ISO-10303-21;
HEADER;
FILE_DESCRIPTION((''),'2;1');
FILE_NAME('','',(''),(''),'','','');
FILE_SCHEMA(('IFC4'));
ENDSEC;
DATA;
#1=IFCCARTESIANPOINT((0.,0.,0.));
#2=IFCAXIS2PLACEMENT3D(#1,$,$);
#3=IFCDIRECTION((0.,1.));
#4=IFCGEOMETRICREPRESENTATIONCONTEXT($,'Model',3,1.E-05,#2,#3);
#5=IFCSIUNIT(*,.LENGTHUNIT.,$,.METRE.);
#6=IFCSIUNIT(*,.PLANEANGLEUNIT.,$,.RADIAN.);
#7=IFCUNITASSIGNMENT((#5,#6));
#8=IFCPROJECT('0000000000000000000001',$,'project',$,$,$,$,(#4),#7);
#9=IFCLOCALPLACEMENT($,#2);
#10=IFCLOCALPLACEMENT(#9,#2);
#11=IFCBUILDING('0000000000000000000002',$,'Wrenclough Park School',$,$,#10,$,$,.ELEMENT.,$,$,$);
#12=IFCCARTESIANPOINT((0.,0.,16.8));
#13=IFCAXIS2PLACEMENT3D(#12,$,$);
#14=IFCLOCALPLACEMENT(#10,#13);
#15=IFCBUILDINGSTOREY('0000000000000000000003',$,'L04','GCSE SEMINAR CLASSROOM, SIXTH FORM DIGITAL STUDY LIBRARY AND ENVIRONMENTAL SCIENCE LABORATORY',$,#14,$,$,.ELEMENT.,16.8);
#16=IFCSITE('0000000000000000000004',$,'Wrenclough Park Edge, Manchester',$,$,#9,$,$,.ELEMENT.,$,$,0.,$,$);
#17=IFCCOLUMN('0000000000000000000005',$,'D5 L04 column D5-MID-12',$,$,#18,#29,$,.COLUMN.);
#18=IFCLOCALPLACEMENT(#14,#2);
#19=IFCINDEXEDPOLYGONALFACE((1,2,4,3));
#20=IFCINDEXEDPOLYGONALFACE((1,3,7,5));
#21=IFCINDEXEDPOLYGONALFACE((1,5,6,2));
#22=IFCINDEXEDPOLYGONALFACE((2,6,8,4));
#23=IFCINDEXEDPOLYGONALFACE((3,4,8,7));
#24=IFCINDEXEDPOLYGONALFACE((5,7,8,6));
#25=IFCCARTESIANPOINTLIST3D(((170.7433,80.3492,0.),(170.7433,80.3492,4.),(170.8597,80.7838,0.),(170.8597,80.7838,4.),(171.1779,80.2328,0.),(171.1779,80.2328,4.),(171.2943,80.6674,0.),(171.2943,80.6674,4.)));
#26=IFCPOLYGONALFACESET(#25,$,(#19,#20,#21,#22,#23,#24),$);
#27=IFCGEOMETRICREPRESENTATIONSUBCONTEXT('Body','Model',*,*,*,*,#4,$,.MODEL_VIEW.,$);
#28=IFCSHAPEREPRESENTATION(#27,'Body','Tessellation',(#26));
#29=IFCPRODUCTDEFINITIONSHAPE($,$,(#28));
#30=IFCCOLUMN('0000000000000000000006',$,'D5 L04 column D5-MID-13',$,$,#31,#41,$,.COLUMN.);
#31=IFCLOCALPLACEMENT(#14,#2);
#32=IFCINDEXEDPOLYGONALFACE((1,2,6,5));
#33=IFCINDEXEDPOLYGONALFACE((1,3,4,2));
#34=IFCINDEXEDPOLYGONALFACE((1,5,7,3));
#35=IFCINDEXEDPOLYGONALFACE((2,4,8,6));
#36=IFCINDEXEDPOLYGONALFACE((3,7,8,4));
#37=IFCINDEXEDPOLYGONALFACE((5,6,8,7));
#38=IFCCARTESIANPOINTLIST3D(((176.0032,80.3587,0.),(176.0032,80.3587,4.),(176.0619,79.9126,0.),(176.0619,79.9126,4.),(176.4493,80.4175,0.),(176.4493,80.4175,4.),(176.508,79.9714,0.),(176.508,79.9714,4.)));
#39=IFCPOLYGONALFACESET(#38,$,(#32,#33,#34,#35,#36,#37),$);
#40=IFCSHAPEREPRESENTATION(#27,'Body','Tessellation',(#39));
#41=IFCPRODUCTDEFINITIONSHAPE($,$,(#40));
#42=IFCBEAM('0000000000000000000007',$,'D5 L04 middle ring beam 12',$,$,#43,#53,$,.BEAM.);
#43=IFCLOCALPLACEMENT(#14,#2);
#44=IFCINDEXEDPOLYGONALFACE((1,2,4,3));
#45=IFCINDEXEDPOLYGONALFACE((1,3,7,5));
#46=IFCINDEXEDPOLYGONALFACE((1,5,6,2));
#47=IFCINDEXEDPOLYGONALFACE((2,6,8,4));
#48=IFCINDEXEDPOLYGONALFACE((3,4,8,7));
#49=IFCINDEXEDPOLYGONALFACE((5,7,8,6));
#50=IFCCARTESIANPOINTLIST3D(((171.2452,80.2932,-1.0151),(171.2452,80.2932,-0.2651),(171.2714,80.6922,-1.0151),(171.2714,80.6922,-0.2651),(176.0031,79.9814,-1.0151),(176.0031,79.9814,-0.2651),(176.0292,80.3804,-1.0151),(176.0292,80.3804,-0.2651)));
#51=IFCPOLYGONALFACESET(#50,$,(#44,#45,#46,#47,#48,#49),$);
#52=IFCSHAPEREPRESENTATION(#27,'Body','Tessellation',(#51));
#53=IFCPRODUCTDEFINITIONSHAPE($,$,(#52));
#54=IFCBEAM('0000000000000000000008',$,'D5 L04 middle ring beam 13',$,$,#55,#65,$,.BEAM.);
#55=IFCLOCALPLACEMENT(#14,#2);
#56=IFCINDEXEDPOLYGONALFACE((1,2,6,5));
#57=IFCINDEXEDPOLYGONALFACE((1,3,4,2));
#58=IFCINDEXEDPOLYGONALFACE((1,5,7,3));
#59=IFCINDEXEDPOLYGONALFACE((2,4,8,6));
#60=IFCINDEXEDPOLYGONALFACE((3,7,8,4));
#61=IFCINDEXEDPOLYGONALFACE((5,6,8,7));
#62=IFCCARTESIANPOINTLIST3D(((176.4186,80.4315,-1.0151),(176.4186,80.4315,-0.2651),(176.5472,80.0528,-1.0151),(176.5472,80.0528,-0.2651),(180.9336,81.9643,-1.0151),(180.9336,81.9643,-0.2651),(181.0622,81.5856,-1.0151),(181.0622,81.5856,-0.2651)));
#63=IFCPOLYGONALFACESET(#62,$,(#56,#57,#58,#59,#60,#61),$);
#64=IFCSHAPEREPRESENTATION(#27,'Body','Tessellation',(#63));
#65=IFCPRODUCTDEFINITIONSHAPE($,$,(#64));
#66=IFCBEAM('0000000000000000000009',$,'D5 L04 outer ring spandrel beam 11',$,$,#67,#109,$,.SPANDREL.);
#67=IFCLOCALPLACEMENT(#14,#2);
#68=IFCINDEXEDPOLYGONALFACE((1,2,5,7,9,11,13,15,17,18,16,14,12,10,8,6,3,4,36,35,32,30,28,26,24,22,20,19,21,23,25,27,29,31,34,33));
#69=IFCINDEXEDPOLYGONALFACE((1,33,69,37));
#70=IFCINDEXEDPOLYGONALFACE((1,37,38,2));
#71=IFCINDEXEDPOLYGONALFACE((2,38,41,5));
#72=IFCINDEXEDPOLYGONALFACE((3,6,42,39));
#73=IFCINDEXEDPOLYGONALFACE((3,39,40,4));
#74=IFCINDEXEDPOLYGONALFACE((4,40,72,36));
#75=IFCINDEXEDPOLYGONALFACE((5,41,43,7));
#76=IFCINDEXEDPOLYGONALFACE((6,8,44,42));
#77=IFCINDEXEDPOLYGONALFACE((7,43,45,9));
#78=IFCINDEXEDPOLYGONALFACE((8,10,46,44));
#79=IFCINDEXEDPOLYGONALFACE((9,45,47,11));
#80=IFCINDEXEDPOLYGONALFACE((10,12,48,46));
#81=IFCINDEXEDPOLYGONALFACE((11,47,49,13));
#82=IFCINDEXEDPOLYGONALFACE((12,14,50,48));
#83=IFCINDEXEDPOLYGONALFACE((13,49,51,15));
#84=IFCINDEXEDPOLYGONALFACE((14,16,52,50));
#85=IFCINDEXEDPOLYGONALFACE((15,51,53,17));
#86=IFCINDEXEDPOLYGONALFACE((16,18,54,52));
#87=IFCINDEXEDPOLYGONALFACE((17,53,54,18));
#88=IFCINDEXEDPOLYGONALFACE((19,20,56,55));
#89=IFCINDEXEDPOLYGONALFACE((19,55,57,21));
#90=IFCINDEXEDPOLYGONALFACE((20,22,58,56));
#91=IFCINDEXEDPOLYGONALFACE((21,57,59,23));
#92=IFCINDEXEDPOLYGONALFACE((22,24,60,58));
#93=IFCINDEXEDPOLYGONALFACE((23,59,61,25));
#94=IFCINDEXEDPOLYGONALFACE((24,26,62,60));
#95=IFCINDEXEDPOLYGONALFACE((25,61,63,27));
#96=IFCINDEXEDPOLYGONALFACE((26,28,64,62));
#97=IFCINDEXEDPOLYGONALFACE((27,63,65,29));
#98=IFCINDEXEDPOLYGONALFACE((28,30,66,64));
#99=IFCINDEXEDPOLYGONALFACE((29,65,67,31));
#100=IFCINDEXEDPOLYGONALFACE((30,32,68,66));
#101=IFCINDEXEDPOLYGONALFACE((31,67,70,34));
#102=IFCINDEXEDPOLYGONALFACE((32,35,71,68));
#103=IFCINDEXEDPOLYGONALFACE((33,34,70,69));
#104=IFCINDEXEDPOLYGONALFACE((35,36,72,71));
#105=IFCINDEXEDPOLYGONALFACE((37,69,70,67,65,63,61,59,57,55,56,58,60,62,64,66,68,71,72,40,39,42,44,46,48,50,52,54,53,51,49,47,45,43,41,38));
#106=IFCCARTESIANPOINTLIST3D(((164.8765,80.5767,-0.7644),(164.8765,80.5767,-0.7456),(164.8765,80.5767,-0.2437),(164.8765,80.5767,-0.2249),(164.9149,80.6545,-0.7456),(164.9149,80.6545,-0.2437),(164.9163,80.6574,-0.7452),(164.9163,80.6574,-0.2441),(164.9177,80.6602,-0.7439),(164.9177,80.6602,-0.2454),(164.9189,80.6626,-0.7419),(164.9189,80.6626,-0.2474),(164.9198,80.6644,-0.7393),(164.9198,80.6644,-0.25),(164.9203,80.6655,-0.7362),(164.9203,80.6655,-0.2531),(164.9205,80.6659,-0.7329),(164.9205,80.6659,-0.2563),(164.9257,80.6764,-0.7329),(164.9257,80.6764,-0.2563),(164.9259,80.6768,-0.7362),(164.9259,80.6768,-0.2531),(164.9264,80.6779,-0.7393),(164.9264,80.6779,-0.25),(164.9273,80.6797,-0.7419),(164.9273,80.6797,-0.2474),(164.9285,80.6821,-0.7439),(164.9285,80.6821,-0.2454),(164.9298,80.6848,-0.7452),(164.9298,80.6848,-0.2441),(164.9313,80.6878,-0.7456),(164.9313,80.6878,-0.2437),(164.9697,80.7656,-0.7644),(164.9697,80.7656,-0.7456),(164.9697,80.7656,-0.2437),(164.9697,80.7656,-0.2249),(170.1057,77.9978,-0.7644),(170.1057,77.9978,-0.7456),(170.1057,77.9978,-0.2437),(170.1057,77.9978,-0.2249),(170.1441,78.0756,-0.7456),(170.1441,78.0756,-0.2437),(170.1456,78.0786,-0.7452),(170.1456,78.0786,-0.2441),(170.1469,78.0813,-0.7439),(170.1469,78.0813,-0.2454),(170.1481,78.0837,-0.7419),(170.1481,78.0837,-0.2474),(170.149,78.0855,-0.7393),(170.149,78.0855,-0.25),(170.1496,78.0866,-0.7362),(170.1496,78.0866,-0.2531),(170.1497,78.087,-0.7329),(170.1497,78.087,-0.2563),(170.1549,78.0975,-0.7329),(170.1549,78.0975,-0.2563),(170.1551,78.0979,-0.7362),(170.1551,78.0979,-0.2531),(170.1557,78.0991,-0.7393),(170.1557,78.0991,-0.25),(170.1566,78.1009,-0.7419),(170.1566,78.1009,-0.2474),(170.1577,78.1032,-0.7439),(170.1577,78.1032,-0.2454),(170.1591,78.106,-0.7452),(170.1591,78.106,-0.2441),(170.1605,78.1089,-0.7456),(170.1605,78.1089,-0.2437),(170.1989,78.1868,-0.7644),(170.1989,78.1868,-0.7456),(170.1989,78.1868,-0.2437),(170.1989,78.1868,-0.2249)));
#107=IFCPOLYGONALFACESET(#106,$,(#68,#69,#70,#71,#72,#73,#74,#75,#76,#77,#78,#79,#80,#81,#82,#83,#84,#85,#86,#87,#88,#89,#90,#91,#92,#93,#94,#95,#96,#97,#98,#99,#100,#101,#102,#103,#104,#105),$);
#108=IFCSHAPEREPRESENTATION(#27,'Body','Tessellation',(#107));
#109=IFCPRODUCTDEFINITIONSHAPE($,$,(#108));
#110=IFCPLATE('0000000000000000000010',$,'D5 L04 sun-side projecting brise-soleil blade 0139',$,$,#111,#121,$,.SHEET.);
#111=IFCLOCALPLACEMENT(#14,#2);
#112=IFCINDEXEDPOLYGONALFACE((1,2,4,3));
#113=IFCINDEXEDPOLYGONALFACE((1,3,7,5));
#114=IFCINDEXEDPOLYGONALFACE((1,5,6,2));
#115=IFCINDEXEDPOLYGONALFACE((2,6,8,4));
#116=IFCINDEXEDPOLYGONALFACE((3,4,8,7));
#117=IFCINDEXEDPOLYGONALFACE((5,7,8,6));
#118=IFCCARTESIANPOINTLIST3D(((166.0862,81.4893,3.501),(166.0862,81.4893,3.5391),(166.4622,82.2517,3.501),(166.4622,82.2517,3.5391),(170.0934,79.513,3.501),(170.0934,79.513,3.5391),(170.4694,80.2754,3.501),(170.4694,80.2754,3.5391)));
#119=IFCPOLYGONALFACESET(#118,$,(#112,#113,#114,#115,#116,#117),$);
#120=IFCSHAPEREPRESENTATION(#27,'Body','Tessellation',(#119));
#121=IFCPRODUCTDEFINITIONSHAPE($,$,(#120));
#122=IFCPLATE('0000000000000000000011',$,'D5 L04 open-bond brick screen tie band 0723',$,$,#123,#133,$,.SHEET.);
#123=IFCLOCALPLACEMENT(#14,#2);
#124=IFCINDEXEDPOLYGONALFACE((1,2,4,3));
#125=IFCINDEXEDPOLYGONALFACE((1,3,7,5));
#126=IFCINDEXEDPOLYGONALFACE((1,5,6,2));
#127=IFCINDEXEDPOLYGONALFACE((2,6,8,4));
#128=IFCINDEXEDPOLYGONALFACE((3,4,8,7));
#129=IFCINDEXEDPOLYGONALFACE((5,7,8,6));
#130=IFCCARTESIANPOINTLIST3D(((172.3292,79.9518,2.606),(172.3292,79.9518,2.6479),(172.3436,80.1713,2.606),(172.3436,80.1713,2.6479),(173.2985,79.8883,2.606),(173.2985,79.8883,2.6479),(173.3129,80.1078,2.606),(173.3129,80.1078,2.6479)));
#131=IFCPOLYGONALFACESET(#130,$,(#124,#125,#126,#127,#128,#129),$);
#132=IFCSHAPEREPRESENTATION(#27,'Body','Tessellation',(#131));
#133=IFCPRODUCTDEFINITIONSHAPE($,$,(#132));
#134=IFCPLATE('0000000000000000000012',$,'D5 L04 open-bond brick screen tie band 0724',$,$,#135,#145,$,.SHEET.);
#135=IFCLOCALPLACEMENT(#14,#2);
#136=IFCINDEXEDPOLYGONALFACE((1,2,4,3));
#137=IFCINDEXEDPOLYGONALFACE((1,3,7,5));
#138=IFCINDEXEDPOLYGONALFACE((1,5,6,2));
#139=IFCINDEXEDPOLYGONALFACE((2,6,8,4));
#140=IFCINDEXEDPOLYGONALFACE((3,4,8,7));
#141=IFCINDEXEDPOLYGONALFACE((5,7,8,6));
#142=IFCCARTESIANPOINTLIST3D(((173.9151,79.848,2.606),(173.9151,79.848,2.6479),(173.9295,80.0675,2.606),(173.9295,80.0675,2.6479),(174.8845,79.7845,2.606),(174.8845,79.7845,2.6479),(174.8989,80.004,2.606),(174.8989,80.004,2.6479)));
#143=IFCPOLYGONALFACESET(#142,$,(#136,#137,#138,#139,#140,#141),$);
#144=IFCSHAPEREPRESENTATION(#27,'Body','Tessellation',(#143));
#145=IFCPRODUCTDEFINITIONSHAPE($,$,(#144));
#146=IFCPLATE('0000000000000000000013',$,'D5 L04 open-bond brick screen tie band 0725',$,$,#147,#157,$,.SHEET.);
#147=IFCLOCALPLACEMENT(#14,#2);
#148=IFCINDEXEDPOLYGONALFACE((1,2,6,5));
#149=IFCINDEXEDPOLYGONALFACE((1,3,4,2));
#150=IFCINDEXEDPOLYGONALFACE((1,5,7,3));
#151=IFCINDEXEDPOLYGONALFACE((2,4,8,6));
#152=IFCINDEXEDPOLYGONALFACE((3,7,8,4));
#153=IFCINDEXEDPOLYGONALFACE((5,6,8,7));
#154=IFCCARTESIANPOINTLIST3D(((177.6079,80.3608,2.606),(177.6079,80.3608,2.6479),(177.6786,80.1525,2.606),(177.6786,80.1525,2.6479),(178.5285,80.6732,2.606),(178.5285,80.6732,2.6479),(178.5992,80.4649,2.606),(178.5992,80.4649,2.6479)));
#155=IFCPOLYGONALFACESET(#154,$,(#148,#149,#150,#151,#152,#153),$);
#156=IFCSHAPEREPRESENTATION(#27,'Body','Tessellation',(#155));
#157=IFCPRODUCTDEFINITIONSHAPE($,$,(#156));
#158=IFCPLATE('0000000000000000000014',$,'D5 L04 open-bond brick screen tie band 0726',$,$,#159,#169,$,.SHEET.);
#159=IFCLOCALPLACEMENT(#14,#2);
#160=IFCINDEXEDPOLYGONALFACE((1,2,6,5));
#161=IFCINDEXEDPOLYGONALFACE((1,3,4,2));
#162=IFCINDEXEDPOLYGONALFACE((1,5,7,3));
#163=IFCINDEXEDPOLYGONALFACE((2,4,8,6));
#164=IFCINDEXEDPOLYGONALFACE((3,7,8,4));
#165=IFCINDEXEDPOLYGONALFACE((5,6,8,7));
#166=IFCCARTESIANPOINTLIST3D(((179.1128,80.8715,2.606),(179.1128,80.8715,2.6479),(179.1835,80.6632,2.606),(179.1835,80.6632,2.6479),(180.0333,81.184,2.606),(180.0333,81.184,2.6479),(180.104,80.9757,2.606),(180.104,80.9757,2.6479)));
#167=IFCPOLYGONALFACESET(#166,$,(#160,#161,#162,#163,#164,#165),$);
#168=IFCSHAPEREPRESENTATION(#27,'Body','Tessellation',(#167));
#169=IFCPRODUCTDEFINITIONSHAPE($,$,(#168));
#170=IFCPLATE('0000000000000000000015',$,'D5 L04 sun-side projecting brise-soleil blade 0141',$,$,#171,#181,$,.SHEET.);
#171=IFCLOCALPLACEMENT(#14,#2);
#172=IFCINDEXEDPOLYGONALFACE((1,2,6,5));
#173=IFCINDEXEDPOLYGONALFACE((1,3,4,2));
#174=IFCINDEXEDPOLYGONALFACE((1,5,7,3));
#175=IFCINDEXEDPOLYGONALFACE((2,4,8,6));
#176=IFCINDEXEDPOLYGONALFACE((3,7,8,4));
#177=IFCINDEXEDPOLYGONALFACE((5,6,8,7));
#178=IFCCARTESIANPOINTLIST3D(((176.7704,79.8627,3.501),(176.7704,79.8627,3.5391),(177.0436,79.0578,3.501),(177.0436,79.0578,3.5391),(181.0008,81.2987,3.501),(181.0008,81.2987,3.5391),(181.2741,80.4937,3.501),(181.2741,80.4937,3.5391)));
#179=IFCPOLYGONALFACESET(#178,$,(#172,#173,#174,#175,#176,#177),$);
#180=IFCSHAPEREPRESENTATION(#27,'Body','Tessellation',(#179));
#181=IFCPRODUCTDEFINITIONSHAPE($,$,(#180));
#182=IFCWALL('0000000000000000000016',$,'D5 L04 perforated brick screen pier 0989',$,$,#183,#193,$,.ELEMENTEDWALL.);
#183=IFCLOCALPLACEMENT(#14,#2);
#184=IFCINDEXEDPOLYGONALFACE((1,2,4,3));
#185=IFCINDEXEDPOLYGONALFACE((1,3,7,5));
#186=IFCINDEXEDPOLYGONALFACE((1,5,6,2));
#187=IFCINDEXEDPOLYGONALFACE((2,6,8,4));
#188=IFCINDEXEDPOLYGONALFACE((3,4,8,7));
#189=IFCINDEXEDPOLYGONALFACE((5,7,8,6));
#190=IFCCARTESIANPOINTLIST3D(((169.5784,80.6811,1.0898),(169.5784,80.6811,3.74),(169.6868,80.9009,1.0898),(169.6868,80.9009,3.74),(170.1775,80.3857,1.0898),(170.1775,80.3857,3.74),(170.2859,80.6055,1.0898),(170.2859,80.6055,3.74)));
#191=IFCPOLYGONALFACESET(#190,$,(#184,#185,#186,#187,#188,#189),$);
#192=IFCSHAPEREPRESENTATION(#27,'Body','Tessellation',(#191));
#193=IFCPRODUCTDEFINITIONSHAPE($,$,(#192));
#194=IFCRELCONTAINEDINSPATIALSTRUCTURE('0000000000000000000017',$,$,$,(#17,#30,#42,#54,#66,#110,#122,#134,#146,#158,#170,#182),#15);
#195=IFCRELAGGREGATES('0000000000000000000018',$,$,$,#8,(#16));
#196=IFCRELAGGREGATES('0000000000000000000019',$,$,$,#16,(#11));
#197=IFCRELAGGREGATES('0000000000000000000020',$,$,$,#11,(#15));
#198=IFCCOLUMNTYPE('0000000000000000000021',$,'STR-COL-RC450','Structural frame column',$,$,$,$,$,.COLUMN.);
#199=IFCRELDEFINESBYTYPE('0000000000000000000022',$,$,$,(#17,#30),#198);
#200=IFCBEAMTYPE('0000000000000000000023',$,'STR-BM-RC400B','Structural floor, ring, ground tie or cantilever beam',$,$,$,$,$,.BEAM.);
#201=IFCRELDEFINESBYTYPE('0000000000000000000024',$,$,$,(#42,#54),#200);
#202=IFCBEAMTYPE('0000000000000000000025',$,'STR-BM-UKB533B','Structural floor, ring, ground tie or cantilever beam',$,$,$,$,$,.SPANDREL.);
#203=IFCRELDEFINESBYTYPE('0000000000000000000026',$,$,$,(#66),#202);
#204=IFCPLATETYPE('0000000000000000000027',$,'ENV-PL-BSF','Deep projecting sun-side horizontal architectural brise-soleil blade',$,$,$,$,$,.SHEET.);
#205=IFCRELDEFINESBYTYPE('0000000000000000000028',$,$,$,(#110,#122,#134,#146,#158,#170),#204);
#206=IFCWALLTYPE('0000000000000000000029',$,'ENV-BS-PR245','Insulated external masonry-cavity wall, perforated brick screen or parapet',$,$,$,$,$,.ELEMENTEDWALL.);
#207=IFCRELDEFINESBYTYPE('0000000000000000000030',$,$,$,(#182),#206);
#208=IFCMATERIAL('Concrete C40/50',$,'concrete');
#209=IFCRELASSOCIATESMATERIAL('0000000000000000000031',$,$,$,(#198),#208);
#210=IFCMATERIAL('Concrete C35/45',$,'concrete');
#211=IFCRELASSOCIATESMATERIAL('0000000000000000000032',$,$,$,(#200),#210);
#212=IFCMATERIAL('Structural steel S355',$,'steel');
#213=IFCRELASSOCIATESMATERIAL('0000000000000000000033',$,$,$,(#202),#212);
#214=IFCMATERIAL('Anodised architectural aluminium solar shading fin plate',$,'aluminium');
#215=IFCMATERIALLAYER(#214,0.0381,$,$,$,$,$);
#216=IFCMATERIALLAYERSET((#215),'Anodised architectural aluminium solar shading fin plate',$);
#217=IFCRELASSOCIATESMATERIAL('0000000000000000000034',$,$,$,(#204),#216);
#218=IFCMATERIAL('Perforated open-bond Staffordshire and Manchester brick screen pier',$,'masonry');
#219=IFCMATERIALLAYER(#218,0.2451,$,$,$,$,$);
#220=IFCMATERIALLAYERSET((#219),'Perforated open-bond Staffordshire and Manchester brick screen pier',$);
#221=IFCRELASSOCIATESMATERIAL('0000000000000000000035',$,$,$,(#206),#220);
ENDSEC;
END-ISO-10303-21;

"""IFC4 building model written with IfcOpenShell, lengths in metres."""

from ifc_helpers import new_model, si_unit, direction, frame, frame_2d, origin, origin_2d, place, context, subcontext, project, spatial, rectangle, i_section, extrude, material, layer, layer_set, material_profile, profile_set, type_object, element, save


model = new_model("IFC4")

# Units and contexts
model_context = context("Model", 3, precision=1e-05, world=origin(), true_north=direction((0.0, 1.0)))
body_context = subcontext(model_context, "Body", "Model", "MODEL_VIEW")
ifc_project = project(units=[si_unit("LENGTHUNIT", "METRE"), si_unit("PLANEANGLEUNIT", "RADIAN")], contexts=[model_context])

# Site, building, storey
site_placement = place(None, origin())
site = spatial("IfcSite", under=ifc_project, at=site_placement, Name="Wrenclough Park Edge, Manchester", CompositionType="ELEMENT", RefElevation=0.0)
building_placement = place(site_placement, origin())
building = spatial("IfcBuilding", under=site, at=building_placement, Name="Wrenclough Park School", CompositionType="ELEMENT")
storey_placement = place(building_placement, frame((0.0, 0.0, 16.8)))
storey = spatial("IfcBuildingStorey", under=building, at=storey_placement, Name="L04", Description="GCSE SEMINAR CLASSROOM, SIXTH FORM DIGITAL STUDY LIBRARY AND ENVIRONMENTAL SCIENCE LABORATORY", CompositionType="ELEMENT", Elevation=16.8)

# Columns
ifc_material_1 = material(Name="Concrete C40/50", Category="concrete")
ifc_material_profile_1 = material_profile(ifc_material_1, rectangle(XDim=0.45, YDim=0.45, at=origin_2d()), Name="RC COL 450x450")
ifc_profile_set_1 = profile_set([ifc_material_profile_1], Name="Concrete C40/50")
column_type = type_object("IfcColumnType", Name="STR-COL-RC450", Description="Structural frame column", PredefinedType="COLUMN", material=ifc_profile_set_1)
for number, where, z_axis, x_axis, name in (
    (1, (171.0188, 80.5083, 0.0), (0.0, 0.0, 1.0), (0.965926, -0.258819, 0.0), "D5 L04 column D5-MID-12"),
    (2, (176.2556, 80.165, 0.0), (0.0, 0.0, 1.0), (0.991445, 0.130526, 0.0), "D5 L04 column D5-MID-13"),
):
    element("IfcColumn", number, at=place(storey_placement, frame(where, z_axis=z_axis, x_axis=x_axis)), inside=storey, type_object=column_type, Name=name, PredefinedType="COLUMN", context=body_context, shape_type="SweptSolid", body=[
        extrude(rectangle(XDim=0.45, YDim=0.45, at=origin_2d()), origin(), (0.0, 0.0, 1.0), 4.0),
    ])

# Beams
ifc_material_2 = material(Name="Concrete C35/45", Category="concrete")
ifc_material_profile_2 = material_profile(ifc_material_2, rectangle(XDim=0.3999, YDim=0.75, at=origin_2d()), Name="RC BEAM 400x750")
ifc_profile_set_2 = profile_set([ifc_material_profile_2], Name="Concrete C35/45")
beam_type_1 = type_object("IfcBeamType", Name="STR-BM-RC400B", Description="Structural floor, ring, ground tie or cantilever beam", PredefinedType="BEAM", material=ifc_profile_set_2)
for number, where, z_axis, x_axis, name in (
    (3, (171.2583, 80.4927, -0.6401), (0.99786, -0.065387, 0.0), (0.065387, 0.99786, 0.0), "D5 L04 middle ring beam 12"),
    (4, (176.4829, 80.2422, -0.6401), (0.946923, 0.321461, 0.0), (-0.321461, 0.946923, 0.0), "D5 L04 middle ring beam 13"),
):
    element("IfcBeam", number, at=place(storey_placement, frame(where, z_axis=z_axis, x_axis=x_axis)), inside=storey, type_object=beam_type_1, Name=name, PredefinedType="BEAM", context=body_context, shape_type="SweptSolid", body=[
        extrude(rectangle(XDim=0.3999, YDim=0.75, at=origin_2d()), origin(), (0.0, 0.0, 1.0), 4.7681),
    ])
ifc_material_3 = material(Name="Structural steel S355", Category="steel")
ifc_material_profile_3 = material_profile(ifc_material_3, i_section(OverallWidth=0.2107, OverallDepth=0.5396, WebThickness=0.0117, FlangeThickness=0.0188, FilletRadius=0.0127, at=origin_2d()), Name="UKB 533x210x109")
ifc_profile_set_3 = profile_set([ifc_material_profile_3], Name="Structural steel S355")
beam_type_2 = type_object("IfcBeamType", Name="STR-BM-UKB533B", Description="Structural floor, ring, ground tie or cantilever beam", PredefinedType="SPANDREL", material=ifc_profile_set_3)
beam_placement = place(storey_placement, frame((164.9231, 80.6711, -0.4946), z_axis=(0.896867, -0.442299, 0.0), x_axis=(0.442299, 0.896867, 0.0)))
element("IfcBeam", 5, at=beam_placement, inside=storey, type_object=beam_type_2, Name="D5 L04 outer ring spandrel beam 11", PredefinedType="SPANDREL", context=body_context, shape_type="SweptSolid", body=[
    extrude(i_section(OverallWidth=0.2107, OverallDepth=0.5396, WebThickness=0.0117, FlangeThickness=0.0188, FilletRadius=0.0127, at=origin_2d()), origin(), (0.0, 0.0, 1.0), 5.8306),
])

# Plates
ifc_material_4 = material(Name="Anodised architectural aluminium solar shading fin plate", Category="aluminium")
ifc_layer_1 = layer(ifc_material_4, 0.0381)
ifc_layer_set_1 = layer_set([ifc_layer_1], Name="Anodised architectural aluminium solar shading fin plate")
plate_type = type_object("IfcPlateType", Name="ENV-PL-BSF", Description="Deep projecting sun-side horizontal architectural brise-soleil blade", PredefinedType="SHEET", material=ifc_layer_set_1)
plate_1_placement = place(storey_placement, frame((168.2778, 80.8823, 3.501), z_axis=(0.0, 0.0, 1.0), x_axis=(0.896859, -0.442316, 0.0)))
element("IfcPlate", 6, at=plate_1_placement, inside=storey, type_object=plate_type, Name="D5 L04 sun-side projecting brise-soleil blade 0139", PredefinedType="SHEET", context=body_context, shape_type="SweptSolid", body=[
    extrude(rectangle(XDim=4.468, YDim=0.8501, at=origin_2d()), origin(), (0.0, 0.0, 1.0), 0.0381),
])
for number, where, z_axis, x_axis, name in (
    (7, (172.821, 80.0298, 2.606), (0.0, 0.0, 1.0), (0.99786, -0.065391, 0.0), "D5 L04 open-bond brick screen tie band 0723"),
    (8, (174.407, 79.926, 2.606), (0.0, 0.0, 1.0), (0.99786, -0.065391, 0.0), "D5 L04 open-bond brick screen tie band 0724"),
):
    element("IfcPlate", number, at=place(storey_placement, frame(where, z_axis=z_axis, x_axis=x_axis)), inside=storey, type_object=plate_type, Name=name, PredefinedType="SHEET", context=body_context, shape_type="SweptSolid", body=[
        extrude(rectangle(XDim=0.9714, YDim=0.22, at=origin_2d()), origin(), (0.0, 0.0, 1.0), 0.042),
    ])
for number, where, z_axis, x_axis, name in (
    (9, (178.1035, 80.4128, 2.606), (0.0, 0.0, 1.0), (0.946937, 0.321421, 0.0), "D5 L04 open-bond brick screen tie band 0725"),
    (10, (179.6084, 80.9236, 2.606), (0.0, 0.0, 1.0), (0.946937, 0.321421, 0.0), "D5 L04 open-bond brick screen tie band 0726"),
):
    element("IfcPlate", number, at=place(storey_placement, frame(where, z_axis=z_axis, x_axis=x_axis)), inside=storey, type_object=plate_type, Name=name, PredefinedType="SHEET", context=body_context, shape_type="SweptSolid", body=[
        extrude(rectangle(XDim=0.9722, YDim=0.22, at=origin_2d()), origin(), (0.0, 0.0, 1.0), 0.042),
    ])
plate_2_placement = place(storey_placement, frame((179.0222, 80.1782, 3.501), z_axis=(0.0, 0.0, 1.0), x_axis=(0.946937, 0.321421, 0.0)))
element("IfcPlate", 11, at=plate_2_placement, inside=storey, type_object=plate_type, Name="D5 L04 sun-side projecting brise-soleil blade 0141", PredefinedType="SHEET", context=body_context, shape_type="SweptSolid", body=[
    extrude(rectangle(XDim=4.4675, YDim=0.8501, at=origin_2d()), origin(), (0.0, 0.0, 1.0), 0.0381),
])

# Wall
ifc_material_5 = material(Name="Perforated open-bond Staffordshire and Manchester brick screen pier", Category="masonry")
ifc_layer_2 = layer(ifc_material_5, 0.2451)
ifc_layer_set_2 = layer_set([ifc_layer_2], Name="Perforated open-bond Staffordshire and Manchester brick screen pier")
wall_type_1 = type_object("IfcWallType", Name="ENV-BS-PR245", Description="Insulated external masonry-cavity wall, perforated brick screen or parapet", PredefinedType="ELEMENTEDWALL", material=ifc_layer_set_2)
wall_1_placement = place(storey_placement, frame((169.6326, 80.791, 1.0898), z_axis=(0.0, 0.0, 1.0), x_axis=(0.896899, -0.442236, 0.0)))
element("IfcWall", 12, at=wall_1_placement, inside=storey, type_object=wall_type_1, Name="D5 L04 perforated brick screen pier 0989", PredefinedType="ELEMENTEDWALL", context=body_context, shape_type="SweptSolid", body=[
    extrude(rectangle(XDim=0.668, YDim=0.2451, at=frame_2d((0.334, 0.0))), origin(), (0.0, 0.0, 1.0), 2.6501),
])

save(model, "model.ifc")
